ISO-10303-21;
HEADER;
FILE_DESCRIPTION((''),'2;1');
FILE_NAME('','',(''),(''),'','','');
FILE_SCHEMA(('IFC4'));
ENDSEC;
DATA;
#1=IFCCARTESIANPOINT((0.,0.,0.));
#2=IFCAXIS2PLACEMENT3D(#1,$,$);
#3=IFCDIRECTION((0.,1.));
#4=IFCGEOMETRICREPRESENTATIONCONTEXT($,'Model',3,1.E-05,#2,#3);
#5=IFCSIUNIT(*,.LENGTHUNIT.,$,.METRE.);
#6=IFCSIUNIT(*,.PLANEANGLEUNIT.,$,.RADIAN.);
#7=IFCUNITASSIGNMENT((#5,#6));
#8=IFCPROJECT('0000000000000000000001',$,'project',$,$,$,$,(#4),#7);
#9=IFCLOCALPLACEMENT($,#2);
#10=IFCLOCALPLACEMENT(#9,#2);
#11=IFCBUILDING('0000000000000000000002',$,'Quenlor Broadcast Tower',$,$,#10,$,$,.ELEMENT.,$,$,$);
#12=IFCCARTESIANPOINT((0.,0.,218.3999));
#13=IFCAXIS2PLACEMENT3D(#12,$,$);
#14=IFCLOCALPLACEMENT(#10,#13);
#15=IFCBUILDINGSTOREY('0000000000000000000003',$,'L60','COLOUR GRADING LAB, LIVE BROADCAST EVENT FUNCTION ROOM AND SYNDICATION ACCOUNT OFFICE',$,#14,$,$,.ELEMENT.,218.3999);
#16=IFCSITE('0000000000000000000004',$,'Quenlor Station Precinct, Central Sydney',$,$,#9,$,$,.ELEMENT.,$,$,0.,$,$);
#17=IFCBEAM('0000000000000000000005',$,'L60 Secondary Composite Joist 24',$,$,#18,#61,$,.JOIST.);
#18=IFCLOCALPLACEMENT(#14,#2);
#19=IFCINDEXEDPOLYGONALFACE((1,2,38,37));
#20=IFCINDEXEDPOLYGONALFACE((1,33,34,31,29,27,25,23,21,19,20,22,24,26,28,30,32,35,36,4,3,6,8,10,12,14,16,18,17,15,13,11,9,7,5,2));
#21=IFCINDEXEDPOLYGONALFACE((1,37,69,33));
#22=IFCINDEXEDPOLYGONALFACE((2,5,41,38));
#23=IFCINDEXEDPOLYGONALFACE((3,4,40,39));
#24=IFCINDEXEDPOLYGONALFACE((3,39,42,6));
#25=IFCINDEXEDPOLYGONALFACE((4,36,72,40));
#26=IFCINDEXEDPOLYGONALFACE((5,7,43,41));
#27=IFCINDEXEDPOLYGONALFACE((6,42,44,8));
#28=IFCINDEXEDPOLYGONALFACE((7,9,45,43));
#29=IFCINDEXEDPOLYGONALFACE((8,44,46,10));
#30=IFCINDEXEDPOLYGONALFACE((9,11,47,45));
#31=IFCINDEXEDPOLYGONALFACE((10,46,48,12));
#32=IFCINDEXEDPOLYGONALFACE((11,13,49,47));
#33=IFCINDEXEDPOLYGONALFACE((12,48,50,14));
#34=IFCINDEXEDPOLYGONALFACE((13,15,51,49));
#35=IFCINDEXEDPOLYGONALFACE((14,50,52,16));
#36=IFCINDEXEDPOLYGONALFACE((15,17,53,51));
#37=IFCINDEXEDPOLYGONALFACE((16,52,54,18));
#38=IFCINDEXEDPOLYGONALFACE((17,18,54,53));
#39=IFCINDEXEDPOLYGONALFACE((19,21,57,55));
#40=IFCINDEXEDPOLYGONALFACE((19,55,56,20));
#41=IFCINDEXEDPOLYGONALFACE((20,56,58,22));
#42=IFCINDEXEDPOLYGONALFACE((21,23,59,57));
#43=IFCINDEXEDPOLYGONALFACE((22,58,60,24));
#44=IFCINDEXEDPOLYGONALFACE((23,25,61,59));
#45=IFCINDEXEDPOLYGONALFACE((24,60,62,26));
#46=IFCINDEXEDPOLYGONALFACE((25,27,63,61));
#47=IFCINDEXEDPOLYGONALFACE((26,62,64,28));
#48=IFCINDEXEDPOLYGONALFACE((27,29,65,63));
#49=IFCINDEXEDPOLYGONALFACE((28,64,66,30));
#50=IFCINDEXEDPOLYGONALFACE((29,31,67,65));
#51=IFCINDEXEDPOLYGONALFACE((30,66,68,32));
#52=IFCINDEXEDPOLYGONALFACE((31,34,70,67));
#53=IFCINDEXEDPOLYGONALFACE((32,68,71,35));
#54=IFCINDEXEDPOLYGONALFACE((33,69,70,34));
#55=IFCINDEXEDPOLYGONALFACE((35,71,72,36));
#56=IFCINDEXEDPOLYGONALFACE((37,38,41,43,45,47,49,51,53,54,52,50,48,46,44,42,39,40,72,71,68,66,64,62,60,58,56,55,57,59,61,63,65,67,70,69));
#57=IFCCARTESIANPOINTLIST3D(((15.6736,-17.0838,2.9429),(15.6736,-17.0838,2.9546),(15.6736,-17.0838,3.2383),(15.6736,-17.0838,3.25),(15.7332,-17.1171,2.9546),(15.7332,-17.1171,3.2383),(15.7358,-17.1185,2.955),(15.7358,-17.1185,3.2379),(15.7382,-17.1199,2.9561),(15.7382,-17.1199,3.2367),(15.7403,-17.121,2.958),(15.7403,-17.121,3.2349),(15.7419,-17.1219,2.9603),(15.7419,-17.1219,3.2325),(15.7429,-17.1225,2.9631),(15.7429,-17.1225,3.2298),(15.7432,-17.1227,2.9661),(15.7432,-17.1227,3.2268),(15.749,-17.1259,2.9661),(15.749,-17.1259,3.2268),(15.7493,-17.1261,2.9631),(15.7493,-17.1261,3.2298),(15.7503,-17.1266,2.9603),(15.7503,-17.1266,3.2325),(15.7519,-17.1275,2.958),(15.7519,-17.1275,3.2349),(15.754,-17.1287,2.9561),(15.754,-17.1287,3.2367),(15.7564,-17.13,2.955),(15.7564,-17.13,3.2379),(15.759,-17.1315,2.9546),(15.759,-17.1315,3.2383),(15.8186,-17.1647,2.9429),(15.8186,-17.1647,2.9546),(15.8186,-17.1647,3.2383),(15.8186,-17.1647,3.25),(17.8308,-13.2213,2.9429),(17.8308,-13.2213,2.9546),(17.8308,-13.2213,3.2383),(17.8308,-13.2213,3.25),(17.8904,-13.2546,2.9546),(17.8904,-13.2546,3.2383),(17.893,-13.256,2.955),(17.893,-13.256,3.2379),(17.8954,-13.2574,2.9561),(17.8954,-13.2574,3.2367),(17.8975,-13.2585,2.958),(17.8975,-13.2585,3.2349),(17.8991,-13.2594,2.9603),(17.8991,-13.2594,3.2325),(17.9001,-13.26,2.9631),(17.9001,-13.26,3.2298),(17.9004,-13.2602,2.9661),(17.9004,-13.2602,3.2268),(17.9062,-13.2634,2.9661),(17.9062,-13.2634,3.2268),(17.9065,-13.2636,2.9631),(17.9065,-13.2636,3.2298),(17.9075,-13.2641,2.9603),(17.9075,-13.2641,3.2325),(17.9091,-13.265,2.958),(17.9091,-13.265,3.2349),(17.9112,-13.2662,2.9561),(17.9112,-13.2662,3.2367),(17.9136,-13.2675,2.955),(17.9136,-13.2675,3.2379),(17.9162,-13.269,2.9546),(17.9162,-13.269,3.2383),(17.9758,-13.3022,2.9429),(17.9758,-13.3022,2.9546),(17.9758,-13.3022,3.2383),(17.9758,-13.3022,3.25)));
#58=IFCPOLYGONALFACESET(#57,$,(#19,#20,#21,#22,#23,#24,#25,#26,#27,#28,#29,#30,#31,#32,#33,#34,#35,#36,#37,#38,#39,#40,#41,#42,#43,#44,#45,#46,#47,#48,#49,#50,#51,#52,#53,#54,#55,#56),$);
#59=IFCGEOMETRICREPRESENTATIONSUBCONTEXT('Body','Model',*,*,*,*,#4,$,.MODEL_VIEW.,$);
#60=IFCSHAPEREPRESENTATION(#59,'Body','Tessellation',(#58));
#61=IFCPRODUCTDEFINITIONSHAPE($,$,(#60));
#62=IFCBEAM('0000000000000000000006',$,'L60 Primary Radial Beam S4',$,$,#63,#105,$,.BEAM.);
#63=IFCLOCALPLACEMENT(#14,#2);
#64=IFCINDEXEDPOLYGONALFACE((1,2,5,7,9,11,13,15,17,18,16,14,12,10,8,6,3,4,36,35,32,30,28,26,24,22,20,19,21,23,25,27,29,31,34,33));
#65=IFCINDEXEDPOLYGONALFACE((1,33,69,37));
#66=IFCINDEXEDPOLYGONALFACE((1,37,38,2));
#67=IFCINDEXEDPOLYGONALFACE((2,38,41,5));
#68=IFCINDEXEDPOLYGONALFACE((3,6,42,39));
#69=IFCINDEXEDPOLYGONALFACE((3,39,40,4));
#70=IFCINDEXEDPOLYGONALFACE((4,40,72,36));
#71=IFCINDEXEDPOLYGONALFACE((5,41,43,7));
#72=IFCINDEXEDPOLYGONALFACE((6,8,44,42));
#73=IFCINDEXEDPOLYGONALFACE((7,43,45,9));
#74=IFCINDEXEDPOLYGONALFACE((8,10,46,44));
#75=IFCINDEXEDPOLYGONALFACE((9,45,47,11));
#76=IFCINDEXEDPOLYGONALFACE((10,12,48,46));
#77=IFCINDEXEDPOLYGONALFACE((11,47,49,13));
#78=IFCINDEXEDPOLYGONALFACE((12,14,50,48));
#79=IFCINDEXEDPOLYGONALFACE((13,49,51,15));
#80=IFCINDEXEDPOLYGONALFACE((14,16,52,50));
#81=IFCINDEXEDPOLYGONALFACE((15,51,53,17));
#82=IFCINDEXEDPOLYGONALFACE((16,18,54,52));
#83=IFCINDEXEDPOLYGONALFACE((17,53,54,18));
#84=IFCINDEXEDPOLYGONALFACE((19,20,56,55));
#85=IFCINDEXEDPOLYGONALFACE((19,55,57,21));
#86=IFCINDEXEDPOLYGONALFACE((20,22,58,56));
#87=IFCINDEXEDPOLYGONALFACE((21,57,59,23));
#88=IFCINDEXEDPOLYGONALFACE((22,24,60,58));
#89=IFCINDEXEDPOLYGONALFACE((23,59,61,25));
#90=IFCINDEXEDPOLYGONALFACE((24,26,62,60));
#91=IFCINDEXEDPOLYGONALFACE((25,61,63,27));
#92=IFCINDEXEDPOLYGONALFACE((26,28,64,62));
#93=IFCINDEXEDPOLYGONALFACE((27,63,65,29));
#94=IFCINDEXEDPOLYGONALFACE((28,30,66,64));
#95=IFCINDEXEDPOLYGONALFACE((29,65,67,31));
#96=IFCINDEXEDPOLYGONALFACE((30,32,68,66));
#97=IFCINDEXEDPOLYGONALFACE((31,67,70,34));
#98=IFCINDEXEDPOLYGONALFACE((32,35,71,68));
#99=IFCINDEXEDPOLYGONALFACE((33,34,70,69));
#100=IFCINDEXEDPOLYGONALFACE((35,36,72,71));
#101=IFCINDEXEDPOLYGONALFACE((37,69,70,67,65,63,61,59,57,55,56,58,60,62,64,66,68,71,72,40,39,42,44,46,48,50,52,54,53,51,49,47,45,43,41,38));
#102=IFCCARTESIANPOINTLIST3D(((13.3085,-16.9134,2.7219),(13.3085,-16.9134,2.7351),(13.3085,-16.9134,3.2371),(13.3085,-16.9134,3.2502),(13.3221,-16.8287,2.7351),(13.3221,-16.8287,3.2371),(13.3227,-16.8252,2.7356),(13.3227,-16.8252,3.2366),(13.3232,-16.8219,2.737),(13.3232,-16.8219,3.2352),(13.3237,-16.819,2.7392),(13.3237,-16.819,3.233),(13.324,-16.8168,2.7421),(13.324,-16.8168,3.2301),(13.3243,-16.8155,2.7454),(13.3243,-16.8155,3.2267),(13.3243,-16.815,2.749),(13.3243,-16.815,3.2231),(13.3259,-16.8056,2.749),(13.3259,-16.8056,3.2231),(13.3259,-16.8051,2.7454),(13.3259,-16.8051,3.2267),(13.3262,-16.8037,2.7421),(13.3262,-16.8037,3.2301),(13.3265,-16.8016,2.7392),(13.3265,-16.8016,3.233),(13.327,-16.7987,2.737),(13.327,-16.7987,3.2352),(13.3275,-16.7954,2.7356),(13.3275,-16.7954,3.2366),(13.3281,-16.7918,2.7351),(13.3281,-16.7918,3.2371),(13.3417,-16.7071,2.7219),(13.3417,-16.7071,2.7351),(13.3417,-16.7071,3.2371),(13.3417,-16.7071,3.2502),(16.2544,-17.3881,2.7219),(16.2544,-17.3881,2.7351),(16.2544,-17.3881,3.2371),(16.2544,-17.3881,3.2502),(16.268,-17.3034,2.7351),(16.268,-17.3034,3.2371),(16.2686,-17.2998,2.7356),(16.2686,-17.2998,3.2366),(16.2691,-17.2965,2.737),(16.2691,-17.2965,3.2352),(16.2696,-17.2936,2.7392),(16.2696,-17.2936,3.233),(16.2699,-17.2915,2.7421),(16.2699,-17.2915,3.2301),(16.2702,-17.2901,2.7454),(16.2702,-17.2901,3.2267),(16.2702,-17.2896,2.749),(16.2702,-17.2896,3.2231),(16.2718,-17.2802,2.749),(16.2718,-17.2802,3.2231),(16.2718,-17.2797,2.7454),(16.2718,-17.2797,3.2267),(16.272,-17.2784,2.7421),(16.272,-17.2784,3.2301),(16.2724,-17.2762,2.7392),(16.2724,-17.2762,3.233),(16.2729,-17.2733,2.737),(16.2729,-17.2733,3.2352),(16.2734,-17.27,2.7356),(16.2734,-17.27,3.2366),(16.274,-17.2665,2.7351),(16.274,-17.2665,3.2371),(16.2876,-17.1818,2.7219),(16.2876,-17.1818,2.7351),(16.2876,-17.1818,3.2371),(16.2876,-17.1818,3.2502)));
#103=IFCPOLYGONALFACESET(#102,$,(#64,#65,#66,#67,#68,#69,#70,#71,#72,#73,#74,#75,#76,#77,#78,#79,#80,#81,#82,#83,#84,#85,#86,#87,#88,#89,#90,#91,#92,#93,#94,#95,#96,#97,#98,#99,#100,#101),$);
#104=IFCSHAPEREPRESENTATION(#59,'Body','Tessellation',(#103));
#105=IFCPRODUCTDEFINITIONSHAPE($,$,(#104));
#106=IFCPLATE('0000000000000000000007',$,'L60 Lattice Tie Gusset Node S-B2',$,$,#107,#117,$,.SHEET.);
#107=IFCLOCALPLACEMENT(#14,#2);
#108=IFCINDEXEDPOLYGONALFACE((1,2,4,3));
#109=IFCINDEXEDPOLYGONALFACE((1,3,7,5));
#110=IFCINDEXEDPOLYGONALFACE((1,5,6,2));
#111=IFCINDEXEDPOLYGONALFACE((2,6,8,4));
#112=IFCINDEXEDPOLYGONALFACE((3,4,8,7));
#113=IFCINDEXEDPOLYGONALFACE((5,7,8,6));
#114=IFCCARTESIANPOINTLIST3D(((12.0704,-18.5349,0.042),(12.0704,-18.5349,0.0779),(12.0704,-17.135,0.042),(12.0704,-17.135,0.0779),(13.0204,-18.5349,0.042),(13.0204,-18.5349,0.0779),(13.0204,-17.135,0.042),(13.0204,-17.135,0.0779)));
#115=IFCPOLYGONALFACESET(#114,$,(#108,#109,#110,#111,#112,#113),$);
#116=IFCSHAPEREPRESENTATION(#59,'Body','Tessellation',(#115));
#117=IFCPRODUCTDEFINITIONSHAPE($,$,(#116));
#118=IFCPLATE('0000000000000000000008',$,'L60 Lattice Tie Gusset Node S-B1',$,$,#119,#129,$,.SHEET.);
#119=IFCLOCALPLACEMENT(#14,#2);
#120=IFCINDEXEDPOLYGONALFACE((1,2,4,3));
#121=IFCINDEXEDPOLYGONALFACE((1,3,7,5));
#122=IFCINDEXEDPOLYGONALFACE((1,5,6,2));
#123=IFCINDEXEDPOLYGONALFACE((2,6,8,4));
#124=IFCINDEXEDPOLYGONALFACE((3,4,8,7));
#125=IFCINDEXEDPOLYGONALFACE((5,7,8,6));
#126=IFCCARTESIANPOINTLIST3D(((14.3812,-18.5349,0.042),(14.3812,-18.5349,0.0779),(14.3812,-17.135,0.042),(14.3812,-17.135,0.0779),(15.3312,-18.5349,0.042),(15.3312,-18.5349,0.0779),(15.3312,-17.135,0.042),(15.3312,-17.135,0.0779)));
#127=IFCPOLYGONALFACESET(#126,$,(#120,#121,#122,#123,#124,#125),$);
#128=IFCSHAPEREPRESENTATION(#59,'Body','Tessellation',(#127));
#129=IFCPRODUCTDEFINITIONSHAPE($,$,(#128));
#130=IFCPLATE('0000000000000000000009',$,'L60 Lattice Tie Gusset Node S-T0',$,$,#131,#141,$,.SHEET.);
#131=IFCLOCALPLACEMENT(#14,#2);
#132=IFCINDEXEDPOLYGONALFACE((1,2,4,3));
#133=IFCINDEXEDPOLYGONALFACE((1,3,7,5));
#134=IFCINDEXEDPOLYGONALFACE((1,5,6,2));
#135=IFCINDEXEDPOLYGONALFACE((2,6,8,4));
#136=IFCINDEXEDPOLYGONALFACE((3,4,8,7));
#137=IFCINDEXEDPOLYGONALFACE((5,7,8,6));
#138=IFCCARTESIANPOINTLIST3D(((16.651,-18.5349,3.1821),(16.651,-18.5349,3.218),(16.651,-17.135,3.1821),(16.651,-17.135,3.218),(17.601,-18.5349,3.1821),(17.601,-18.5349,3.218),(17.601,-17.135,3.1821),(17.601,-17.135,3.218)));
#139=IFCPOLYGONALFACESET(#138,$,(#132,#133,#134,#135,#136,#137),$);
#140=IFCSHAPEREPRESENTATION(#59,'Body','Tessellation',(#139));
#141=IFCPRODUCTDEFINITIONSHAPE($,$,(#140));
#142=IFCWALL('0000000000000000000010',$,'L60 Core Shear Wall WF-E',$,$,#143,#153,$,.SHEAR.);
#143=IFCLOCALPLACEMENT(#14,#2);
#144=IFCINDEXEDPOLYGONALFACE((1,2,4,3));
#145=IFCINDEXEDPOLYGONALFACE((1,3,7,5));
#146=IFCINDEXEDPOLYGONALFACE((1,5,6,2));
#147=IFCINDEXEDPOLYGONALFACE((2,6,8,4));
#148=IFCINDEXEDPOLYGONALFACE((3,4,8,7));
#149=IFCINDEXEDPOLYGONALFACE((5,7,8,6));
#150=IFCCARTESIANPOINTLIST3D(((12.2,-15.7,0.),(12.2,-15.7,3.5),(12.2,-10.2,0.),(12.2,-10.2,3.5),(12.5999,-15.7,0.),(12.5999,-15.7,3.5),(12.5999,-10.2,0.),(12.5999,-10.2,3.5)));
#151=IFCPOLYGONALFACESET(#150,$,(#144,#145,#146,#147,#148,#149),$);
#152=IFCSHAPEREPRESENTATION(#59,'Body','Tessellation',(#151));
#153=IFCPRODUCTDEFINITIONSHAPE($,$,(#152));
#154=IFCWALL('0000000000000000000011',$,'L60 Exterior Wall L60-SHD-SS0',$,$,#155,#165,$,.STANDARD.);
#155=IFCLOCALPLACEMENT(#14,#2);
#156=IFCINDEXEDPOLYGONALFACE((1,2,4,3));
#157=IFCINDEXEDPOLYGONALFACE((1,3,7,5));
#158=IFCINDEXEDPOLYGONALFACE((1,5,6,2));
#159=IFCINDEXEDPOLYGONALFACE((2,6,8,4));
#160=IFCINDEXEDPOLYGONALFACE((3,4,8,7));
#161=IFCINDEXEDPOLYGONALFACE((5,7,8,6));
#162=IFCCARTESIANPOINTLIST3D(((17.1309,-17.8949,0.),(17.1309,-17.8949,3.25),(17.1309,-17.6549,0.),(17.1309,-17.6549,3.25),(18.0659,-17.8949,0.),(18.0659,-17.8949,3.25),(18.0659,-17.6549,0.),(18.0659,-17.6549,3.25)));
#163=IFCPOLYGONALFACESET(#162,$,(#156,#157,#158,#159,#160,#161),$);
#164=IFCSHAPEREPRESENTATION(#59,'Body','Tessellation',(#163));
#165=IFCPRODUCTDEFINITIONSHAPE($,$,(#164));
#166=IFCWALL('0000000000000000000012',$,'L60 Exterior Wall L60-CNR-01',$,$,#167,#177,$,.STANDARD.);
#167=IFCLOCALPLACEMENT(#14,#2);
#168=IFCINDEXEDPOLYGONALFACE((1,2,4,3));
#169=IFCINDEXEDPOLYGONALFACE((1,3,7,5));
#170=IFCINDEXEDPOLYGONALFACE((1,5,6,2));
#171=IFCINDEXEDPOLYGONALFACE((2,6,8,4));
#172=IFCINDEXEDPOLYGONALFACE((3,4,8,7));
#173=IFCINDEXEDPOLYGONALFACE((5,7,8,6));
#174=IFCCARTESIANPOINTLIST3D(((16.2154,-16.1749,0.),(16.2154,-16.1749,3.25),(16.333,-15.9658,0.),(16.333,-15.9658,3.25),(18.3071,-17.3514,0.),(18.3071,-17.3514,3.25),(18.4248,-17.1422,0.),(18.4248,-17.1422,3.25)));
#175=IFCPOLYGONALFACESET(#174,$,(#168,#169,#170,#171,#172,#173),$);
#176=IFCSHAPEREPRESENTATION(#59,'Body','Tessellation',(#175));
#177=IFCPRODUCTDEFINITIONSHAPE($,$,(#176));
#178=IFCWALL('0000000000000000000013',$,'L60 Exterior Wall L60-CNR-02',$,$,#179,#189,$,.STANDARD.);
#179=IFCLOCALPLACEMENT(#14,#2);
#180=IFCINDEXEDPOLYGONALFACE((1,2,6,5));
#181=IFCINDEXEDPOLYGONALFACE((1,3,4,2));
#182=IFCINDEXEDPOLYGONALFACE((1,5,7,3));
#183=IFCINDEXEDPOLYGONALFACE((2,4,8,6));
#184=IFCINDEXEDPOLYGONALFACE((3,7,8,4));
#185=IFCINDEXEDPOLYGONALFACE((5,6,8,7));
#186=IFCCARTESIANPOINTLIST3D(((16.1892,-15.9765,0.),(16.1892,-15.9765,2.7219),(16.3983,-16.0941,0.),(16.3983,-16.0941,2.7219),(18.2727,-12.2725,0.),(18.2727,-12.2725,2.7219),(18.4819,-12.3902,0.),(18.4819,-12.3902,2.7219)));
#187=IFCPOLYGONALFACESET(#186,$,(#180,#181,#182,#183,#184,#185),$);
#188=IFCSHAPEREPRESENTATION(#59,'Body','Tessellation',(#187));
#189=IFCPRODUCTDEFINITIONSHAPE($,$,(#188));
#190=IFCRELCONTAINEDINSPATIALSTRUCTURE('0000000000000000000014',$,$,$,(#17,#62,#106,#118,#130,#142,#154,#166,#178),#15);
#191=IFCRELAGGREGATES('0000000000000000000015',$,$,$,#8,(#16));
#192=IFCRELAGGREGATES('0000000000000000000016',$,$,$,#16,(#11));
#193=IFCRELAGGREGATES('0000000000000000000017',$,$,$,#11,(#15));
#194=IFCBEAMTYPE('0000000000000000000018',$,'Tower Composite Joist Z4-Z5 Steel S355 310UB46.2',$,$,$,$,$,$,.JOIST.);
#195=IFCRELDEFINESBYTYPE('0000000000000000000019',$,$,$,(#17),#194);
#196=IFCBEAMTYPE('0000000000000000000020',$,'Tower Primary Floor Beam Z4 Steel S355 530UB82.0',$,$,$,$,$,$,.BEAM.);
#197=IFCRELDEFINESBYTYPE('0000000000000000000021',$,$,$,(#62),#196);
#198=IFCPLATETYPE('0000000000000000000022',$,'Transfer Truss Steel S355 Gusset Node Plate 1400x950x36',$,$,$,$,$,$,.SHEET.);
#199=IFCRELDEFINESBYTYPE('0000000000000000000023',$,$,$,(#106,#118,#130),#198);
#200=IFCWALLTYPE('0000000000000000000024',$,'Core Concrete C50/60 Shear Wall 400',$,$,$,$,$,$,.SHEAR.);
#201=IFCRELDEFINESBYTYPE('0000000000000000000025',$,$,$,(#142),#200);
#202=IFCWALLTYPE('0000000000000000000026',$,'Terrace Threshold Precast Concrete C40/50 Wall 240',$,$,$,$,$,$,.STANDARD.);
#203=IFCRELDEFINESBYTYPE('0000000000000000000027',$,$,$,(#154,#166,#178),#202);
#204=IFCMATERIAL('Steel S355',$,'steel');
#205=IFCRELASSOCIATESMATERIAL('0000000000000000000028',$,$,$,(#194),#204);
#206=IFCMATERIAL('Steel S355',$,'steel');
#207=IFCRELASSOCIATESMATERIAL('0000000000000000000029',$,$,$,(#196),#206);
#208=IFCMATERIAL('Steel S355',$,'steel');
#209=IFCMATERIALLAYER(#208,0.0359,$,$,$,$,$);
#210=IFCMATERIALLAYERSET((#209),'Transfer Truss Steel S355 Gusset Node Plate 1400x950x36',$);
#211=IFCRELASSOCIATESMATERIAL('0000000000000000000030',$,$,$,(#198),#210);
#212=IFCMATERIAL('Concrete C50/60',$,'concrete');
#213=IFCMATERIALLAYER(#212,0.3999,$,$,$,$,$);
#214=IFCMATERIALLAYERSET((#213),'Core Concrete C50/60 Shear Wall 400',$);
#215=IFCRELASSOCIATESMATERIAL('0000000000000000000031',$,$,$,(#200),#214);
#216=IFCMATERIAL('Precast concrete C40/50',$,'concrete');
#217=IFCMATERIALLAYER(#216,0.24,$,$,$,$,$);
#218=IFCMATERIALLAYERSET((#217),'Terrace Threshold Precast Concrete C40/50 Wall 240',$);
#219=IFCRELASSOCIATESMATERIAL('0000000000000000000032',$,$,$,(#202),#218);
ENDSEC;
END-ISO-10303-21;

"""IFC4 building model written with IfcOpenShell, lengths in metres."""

from ifc_helpers import new_model, si_unit, direction, frame, frame_2d, origin, origin_2d, place, context, subcontext, project, spatial, rectangle, i_section, extrude, material, layer, layer_set, material_profile, profile_set, type_object, element, save


model = new_model("IFC4")

# Units and contexts
model_context = context("Model", 3, precision=1e-05, world=origin(), true_north=direction((0.0, 1.0)))
body_context = subcontext(model_context, "Body", "Model", "MODEL_VIEW")
ifc_project = project(units=[si_unit("LENGTHUNIT", "METRE"), si_unit("PLANEANGLEUNIT", "RADIAN")], contexts=[model_context])

# Site, building, storey
site_placement = place(None, origin())
site = spatial("IfcSite", under=ifc_project, at=site_placement, Name="Quenlor Station Precinct, Central Sydney", CompositionType="ELEMENT", RefElevation=0.0)
building_placement = place(site_placement, origin())
building = spatial("IfcBuilding", under=site, at=building_placement, Name="Quenlor Broadcast Tower", CompositionType="ELEMENT")
storey_placement = place(building_placement, frame((0.0, 0.0, 218.3999)))
storey = spatial("IfcBuildingStorey", under=building, at=storey_placement, Name="L60", Description="COLOUR GRADING LAB, LIVE BROADCAST EVENT FUNCTION ROOM AND SYNDICATION ACCOUNT OFFICE", CompositionType="ELEMENT", Elevation=218.3999)

# Beams
ifc_material_1 = material(Name="Steel S355", Category="steel")
ifc_material_profile_1 = material_profile(ifc_material_1, i_section(OverallWidth=0.166, OverallDepth=0.3071, WebThickness=0.0066, FlangeThickness=0.0117, FilletRadius=0.0115, at=origin_2d()))
ifc_profile_set_1 = profile_set([ifc_material_profile_1], Name="Steel S355 310UB46.2")
beam_type_1 = type_object("IfcBeamType", Name="Tower Composite Joist Z4-Z5 Steel S355 310UB46.2", PredefinedType="JOIST", material=ifc_profile_set_1)
beam_1_placement = place(storey_placement, frame((15.7461, -17.1243, 3.0964), z_axis=(0.487605, 0.873064, 0.0), x_axis=(-0.873064, 0.487605, 0.0)))
element("IfcBeam", 1, at=beam_1_placement, inside=storey, type_object=beam_type_1, Name="L60 Secondary Composite Joist 24", PredefinedType="JOIST", context=body_context, shape_type="SweptSolid", body=[
    extrude(i_section(OverallWidth=0.166, OverallDepth=0.3071, WebThickness=0.0066, FlangeThickness=0.0117, FilletRadius=0.0115, at=origin_2d()), origin(), (0.0, 0.0, 1.0), 4.4241),
])
ifc_material_2 = material(Name="Steel S355", Category="steel")
ifc_material_profile_2 = material_profile(ifc_material_2, i_section(OverallWidth=0.209, OverallDepth=0.5283, WebThickness=0.0095, FlangeThickness=0.0132, FilletRadius=0.0139, at=origin_2d()))
ifc_profile_set_2 = profile_set([ifc_material_profile_2], Name="Steel S355 530UB82.0")
beam_type_2 = type_object("IfcBeamType", Name="Tower Primary Floor Beam Z4 Steel S355 530UB82.0", PredefinedType="BEAM", material=ifc_profile_set_2)
beam_2_placement = place(storey_placement, frame((16.271, -17.2849, 2.9861), z_axis=(-0.987268, 0.159063, 0.0), x_axis=(-0.159063, -0.987268, 0.0)))
element("IfcBeam", 2, at=beam_2_placement, inside=storey, type_object=beam_type_2, Name="L60 Primary Radial Beam S4", PredefinedType="BEAM", context=body_context, shape_type="SweptSolid", body=[
    extrude(i_section(OverallWidth=0.209, OverallDepth=0.5283, WebThickness=0.0095, FlangeThickness=0.0132, FilletRadius=0.0139, at=origin_2d()), origin(), (0.0, 0.0, 1.0), 2.9839),
])

# Plates
ifc_material_3 = material(Name="Steel S355", Category="steel")
ifc_layer_1 = layer(ifc_material_3, 0.0359)
ifc_layer_set_1 = layer_set([ifc_layer_1], Name="Transfer Truss Steel S355 Gusset Node Plate 1400x950x36")
plate_type = type_object("IfcPlateType", Name="Transfer Truss Steel S355 Gusset Node Plate 1400x950x36", PredefinedType="SHEET", material=ifc_layer_set_1)
for number, where, z_axis, x_axis, name in (
    (3, (12.5454, -17.835, 0.042), (0.0, 0.0, 1.0), (0.0, -1.0, 0.0), "L60 Lattice Tie Gusset Node S-B2"),
    (4, (14.8562, -17.835, 0.042), (0.0, 0.0, 1.0), (0.0, -1.0, 0.0), "L60 Lattice Tie Gusset Node S-B1"),
    (5, (17.126, -17.835, 3.1821), (0.0, 0.0, 1.0), (0.0, -1.0, 0.0), "L60 Lattice Tie Gusset Node S-T0"),
):
    element("IfcPlate", number, at=place(storey_placement, frame(where, z_axis=z_axis, x_axis=x_axis)), inside=storey, type_object=plate_type, Name=name, PredefinedType="SHEET", context=body_context, shape_type="SweptSolid", body=[
        extrude(rectangle(XDim=1.3999, YDim=0.95, at=origin_2d()), origin(), (0.0, 0.0, 1.0), 0.0359),
    ])

# Walls
ifc_material_4 = material(Name="Concrete C50/60", Category="concrete")
ifc_layer_2 = layer(ifc_material_4, 0.3999)
ifc_layer_set_2 = layer_set([ifc_layer_2], Name="Core Concrete C50/60 Shear Wall 400")
wall_type_1 = type_object("IfcWallType", Name="Core Concrete C50/60 Shear Wall 400", PredefinedType="SHEAR", material=ifc_layer_set_2)
wall_1_placement = place(storey_placement, frame((12.3999, -15.7, 0.0), z_axis=(0.0, 0.0, 1.0), x_axis=(0.0, 1.0, 0.0)))
element("IfcWall", 6, at=wall_1_placement, inside=storey, type_object=wall_type_1, Name="L60 Core Shear Wall WF-E", PredefinedType="SHEAR", context=body_context, shape_type="SweptSolid", body=[
    extrude(rectangle(XDim=5.5, YDim=0.3999, at=frame_2d((2.75, 0.0))), origin(), (0.0, 0.0, 1.0), 3.5),
])
ifc_material_5 = material(Name="Precast concrete C40/50", Category="concrete")
ifc_layer_3 = layer(ifc_material_5, 0.24)
ifc_layer_set_3 = layer_set([ifc_layer_3], Name="Terrace Threshold Precast Concrete C40/50 Wall 240")
wall_type_2 = type_object("IfcWallType", Name="Terrace Threshold Precast Concrete C40/50 Wall 240", PredefinedType="STANDARD", material=ifc_layer_set_3)
wall_2_placement = place(storey_placement, frame((18.0659, -17.7749, 0.0), z_axis=(0.0, 0.0, 1.0), x_axis=(-1.0, 0.0, 0.0)))
element("IfcWall", 7, at=wall_2_placement, inside=storey, type_object=wall_type_2, Name="L60 Exterior Wall L60-SHD-SS0", PredefinedType="STANDARD", context=body_context, shape_type="SweptSolid", body=[
    extrude(rectangle(XDim=0.9351, YDim=0.24, at=frame_2d((0.4675, 0.0))), origin(), (0.0, 0.0, 1.0), 3.25),
])
wall_3_placement = place(storey_placement, frame((18.366, -17.2468, 0.0), z_axis=(0.0, 0.0, 1.0), x_axis=(-0.871597, 0.490223, 0.0)))
element("IfcWall", 8, at=wall_3_placement, inside=storey, type_object=wall_type_2, Name="L60 Exterior Wall L60-CNR-01", PredefinedType="STANDARD", context=body_context, shape_type="SweptSolid", body=[
    extrude(rectangle(XDim=2.3999, YDim=0.24, at=frame_2d((1.2, 0.0))), origin(), (0.0, 0.0, 1.0), 3.25),
])
wall_4_placement = place(storey_placement, frame((16.2937, -16.0354, 0.0), z_axis=(0.0, 0.0, 1.0), x_axis=(0.490275, 0.871568, 0.0)))
element("IfcWall", 9, at=wall_4_placement, inside=storey, type_object=wall_type_2, Name="L60 Exterior Wall L60-CNR-02", PredefinedType="STANDARD", context=body_context, shape_type="SweptSolid", body=[
    extrude(rectangle(XDim=4.2498, YDim=0.24, at=frame_2d((2.125, 0.0))), origin(), (0.0, 0.0, 1.0), 2.7219),
])

save(model, "model.ifc")
